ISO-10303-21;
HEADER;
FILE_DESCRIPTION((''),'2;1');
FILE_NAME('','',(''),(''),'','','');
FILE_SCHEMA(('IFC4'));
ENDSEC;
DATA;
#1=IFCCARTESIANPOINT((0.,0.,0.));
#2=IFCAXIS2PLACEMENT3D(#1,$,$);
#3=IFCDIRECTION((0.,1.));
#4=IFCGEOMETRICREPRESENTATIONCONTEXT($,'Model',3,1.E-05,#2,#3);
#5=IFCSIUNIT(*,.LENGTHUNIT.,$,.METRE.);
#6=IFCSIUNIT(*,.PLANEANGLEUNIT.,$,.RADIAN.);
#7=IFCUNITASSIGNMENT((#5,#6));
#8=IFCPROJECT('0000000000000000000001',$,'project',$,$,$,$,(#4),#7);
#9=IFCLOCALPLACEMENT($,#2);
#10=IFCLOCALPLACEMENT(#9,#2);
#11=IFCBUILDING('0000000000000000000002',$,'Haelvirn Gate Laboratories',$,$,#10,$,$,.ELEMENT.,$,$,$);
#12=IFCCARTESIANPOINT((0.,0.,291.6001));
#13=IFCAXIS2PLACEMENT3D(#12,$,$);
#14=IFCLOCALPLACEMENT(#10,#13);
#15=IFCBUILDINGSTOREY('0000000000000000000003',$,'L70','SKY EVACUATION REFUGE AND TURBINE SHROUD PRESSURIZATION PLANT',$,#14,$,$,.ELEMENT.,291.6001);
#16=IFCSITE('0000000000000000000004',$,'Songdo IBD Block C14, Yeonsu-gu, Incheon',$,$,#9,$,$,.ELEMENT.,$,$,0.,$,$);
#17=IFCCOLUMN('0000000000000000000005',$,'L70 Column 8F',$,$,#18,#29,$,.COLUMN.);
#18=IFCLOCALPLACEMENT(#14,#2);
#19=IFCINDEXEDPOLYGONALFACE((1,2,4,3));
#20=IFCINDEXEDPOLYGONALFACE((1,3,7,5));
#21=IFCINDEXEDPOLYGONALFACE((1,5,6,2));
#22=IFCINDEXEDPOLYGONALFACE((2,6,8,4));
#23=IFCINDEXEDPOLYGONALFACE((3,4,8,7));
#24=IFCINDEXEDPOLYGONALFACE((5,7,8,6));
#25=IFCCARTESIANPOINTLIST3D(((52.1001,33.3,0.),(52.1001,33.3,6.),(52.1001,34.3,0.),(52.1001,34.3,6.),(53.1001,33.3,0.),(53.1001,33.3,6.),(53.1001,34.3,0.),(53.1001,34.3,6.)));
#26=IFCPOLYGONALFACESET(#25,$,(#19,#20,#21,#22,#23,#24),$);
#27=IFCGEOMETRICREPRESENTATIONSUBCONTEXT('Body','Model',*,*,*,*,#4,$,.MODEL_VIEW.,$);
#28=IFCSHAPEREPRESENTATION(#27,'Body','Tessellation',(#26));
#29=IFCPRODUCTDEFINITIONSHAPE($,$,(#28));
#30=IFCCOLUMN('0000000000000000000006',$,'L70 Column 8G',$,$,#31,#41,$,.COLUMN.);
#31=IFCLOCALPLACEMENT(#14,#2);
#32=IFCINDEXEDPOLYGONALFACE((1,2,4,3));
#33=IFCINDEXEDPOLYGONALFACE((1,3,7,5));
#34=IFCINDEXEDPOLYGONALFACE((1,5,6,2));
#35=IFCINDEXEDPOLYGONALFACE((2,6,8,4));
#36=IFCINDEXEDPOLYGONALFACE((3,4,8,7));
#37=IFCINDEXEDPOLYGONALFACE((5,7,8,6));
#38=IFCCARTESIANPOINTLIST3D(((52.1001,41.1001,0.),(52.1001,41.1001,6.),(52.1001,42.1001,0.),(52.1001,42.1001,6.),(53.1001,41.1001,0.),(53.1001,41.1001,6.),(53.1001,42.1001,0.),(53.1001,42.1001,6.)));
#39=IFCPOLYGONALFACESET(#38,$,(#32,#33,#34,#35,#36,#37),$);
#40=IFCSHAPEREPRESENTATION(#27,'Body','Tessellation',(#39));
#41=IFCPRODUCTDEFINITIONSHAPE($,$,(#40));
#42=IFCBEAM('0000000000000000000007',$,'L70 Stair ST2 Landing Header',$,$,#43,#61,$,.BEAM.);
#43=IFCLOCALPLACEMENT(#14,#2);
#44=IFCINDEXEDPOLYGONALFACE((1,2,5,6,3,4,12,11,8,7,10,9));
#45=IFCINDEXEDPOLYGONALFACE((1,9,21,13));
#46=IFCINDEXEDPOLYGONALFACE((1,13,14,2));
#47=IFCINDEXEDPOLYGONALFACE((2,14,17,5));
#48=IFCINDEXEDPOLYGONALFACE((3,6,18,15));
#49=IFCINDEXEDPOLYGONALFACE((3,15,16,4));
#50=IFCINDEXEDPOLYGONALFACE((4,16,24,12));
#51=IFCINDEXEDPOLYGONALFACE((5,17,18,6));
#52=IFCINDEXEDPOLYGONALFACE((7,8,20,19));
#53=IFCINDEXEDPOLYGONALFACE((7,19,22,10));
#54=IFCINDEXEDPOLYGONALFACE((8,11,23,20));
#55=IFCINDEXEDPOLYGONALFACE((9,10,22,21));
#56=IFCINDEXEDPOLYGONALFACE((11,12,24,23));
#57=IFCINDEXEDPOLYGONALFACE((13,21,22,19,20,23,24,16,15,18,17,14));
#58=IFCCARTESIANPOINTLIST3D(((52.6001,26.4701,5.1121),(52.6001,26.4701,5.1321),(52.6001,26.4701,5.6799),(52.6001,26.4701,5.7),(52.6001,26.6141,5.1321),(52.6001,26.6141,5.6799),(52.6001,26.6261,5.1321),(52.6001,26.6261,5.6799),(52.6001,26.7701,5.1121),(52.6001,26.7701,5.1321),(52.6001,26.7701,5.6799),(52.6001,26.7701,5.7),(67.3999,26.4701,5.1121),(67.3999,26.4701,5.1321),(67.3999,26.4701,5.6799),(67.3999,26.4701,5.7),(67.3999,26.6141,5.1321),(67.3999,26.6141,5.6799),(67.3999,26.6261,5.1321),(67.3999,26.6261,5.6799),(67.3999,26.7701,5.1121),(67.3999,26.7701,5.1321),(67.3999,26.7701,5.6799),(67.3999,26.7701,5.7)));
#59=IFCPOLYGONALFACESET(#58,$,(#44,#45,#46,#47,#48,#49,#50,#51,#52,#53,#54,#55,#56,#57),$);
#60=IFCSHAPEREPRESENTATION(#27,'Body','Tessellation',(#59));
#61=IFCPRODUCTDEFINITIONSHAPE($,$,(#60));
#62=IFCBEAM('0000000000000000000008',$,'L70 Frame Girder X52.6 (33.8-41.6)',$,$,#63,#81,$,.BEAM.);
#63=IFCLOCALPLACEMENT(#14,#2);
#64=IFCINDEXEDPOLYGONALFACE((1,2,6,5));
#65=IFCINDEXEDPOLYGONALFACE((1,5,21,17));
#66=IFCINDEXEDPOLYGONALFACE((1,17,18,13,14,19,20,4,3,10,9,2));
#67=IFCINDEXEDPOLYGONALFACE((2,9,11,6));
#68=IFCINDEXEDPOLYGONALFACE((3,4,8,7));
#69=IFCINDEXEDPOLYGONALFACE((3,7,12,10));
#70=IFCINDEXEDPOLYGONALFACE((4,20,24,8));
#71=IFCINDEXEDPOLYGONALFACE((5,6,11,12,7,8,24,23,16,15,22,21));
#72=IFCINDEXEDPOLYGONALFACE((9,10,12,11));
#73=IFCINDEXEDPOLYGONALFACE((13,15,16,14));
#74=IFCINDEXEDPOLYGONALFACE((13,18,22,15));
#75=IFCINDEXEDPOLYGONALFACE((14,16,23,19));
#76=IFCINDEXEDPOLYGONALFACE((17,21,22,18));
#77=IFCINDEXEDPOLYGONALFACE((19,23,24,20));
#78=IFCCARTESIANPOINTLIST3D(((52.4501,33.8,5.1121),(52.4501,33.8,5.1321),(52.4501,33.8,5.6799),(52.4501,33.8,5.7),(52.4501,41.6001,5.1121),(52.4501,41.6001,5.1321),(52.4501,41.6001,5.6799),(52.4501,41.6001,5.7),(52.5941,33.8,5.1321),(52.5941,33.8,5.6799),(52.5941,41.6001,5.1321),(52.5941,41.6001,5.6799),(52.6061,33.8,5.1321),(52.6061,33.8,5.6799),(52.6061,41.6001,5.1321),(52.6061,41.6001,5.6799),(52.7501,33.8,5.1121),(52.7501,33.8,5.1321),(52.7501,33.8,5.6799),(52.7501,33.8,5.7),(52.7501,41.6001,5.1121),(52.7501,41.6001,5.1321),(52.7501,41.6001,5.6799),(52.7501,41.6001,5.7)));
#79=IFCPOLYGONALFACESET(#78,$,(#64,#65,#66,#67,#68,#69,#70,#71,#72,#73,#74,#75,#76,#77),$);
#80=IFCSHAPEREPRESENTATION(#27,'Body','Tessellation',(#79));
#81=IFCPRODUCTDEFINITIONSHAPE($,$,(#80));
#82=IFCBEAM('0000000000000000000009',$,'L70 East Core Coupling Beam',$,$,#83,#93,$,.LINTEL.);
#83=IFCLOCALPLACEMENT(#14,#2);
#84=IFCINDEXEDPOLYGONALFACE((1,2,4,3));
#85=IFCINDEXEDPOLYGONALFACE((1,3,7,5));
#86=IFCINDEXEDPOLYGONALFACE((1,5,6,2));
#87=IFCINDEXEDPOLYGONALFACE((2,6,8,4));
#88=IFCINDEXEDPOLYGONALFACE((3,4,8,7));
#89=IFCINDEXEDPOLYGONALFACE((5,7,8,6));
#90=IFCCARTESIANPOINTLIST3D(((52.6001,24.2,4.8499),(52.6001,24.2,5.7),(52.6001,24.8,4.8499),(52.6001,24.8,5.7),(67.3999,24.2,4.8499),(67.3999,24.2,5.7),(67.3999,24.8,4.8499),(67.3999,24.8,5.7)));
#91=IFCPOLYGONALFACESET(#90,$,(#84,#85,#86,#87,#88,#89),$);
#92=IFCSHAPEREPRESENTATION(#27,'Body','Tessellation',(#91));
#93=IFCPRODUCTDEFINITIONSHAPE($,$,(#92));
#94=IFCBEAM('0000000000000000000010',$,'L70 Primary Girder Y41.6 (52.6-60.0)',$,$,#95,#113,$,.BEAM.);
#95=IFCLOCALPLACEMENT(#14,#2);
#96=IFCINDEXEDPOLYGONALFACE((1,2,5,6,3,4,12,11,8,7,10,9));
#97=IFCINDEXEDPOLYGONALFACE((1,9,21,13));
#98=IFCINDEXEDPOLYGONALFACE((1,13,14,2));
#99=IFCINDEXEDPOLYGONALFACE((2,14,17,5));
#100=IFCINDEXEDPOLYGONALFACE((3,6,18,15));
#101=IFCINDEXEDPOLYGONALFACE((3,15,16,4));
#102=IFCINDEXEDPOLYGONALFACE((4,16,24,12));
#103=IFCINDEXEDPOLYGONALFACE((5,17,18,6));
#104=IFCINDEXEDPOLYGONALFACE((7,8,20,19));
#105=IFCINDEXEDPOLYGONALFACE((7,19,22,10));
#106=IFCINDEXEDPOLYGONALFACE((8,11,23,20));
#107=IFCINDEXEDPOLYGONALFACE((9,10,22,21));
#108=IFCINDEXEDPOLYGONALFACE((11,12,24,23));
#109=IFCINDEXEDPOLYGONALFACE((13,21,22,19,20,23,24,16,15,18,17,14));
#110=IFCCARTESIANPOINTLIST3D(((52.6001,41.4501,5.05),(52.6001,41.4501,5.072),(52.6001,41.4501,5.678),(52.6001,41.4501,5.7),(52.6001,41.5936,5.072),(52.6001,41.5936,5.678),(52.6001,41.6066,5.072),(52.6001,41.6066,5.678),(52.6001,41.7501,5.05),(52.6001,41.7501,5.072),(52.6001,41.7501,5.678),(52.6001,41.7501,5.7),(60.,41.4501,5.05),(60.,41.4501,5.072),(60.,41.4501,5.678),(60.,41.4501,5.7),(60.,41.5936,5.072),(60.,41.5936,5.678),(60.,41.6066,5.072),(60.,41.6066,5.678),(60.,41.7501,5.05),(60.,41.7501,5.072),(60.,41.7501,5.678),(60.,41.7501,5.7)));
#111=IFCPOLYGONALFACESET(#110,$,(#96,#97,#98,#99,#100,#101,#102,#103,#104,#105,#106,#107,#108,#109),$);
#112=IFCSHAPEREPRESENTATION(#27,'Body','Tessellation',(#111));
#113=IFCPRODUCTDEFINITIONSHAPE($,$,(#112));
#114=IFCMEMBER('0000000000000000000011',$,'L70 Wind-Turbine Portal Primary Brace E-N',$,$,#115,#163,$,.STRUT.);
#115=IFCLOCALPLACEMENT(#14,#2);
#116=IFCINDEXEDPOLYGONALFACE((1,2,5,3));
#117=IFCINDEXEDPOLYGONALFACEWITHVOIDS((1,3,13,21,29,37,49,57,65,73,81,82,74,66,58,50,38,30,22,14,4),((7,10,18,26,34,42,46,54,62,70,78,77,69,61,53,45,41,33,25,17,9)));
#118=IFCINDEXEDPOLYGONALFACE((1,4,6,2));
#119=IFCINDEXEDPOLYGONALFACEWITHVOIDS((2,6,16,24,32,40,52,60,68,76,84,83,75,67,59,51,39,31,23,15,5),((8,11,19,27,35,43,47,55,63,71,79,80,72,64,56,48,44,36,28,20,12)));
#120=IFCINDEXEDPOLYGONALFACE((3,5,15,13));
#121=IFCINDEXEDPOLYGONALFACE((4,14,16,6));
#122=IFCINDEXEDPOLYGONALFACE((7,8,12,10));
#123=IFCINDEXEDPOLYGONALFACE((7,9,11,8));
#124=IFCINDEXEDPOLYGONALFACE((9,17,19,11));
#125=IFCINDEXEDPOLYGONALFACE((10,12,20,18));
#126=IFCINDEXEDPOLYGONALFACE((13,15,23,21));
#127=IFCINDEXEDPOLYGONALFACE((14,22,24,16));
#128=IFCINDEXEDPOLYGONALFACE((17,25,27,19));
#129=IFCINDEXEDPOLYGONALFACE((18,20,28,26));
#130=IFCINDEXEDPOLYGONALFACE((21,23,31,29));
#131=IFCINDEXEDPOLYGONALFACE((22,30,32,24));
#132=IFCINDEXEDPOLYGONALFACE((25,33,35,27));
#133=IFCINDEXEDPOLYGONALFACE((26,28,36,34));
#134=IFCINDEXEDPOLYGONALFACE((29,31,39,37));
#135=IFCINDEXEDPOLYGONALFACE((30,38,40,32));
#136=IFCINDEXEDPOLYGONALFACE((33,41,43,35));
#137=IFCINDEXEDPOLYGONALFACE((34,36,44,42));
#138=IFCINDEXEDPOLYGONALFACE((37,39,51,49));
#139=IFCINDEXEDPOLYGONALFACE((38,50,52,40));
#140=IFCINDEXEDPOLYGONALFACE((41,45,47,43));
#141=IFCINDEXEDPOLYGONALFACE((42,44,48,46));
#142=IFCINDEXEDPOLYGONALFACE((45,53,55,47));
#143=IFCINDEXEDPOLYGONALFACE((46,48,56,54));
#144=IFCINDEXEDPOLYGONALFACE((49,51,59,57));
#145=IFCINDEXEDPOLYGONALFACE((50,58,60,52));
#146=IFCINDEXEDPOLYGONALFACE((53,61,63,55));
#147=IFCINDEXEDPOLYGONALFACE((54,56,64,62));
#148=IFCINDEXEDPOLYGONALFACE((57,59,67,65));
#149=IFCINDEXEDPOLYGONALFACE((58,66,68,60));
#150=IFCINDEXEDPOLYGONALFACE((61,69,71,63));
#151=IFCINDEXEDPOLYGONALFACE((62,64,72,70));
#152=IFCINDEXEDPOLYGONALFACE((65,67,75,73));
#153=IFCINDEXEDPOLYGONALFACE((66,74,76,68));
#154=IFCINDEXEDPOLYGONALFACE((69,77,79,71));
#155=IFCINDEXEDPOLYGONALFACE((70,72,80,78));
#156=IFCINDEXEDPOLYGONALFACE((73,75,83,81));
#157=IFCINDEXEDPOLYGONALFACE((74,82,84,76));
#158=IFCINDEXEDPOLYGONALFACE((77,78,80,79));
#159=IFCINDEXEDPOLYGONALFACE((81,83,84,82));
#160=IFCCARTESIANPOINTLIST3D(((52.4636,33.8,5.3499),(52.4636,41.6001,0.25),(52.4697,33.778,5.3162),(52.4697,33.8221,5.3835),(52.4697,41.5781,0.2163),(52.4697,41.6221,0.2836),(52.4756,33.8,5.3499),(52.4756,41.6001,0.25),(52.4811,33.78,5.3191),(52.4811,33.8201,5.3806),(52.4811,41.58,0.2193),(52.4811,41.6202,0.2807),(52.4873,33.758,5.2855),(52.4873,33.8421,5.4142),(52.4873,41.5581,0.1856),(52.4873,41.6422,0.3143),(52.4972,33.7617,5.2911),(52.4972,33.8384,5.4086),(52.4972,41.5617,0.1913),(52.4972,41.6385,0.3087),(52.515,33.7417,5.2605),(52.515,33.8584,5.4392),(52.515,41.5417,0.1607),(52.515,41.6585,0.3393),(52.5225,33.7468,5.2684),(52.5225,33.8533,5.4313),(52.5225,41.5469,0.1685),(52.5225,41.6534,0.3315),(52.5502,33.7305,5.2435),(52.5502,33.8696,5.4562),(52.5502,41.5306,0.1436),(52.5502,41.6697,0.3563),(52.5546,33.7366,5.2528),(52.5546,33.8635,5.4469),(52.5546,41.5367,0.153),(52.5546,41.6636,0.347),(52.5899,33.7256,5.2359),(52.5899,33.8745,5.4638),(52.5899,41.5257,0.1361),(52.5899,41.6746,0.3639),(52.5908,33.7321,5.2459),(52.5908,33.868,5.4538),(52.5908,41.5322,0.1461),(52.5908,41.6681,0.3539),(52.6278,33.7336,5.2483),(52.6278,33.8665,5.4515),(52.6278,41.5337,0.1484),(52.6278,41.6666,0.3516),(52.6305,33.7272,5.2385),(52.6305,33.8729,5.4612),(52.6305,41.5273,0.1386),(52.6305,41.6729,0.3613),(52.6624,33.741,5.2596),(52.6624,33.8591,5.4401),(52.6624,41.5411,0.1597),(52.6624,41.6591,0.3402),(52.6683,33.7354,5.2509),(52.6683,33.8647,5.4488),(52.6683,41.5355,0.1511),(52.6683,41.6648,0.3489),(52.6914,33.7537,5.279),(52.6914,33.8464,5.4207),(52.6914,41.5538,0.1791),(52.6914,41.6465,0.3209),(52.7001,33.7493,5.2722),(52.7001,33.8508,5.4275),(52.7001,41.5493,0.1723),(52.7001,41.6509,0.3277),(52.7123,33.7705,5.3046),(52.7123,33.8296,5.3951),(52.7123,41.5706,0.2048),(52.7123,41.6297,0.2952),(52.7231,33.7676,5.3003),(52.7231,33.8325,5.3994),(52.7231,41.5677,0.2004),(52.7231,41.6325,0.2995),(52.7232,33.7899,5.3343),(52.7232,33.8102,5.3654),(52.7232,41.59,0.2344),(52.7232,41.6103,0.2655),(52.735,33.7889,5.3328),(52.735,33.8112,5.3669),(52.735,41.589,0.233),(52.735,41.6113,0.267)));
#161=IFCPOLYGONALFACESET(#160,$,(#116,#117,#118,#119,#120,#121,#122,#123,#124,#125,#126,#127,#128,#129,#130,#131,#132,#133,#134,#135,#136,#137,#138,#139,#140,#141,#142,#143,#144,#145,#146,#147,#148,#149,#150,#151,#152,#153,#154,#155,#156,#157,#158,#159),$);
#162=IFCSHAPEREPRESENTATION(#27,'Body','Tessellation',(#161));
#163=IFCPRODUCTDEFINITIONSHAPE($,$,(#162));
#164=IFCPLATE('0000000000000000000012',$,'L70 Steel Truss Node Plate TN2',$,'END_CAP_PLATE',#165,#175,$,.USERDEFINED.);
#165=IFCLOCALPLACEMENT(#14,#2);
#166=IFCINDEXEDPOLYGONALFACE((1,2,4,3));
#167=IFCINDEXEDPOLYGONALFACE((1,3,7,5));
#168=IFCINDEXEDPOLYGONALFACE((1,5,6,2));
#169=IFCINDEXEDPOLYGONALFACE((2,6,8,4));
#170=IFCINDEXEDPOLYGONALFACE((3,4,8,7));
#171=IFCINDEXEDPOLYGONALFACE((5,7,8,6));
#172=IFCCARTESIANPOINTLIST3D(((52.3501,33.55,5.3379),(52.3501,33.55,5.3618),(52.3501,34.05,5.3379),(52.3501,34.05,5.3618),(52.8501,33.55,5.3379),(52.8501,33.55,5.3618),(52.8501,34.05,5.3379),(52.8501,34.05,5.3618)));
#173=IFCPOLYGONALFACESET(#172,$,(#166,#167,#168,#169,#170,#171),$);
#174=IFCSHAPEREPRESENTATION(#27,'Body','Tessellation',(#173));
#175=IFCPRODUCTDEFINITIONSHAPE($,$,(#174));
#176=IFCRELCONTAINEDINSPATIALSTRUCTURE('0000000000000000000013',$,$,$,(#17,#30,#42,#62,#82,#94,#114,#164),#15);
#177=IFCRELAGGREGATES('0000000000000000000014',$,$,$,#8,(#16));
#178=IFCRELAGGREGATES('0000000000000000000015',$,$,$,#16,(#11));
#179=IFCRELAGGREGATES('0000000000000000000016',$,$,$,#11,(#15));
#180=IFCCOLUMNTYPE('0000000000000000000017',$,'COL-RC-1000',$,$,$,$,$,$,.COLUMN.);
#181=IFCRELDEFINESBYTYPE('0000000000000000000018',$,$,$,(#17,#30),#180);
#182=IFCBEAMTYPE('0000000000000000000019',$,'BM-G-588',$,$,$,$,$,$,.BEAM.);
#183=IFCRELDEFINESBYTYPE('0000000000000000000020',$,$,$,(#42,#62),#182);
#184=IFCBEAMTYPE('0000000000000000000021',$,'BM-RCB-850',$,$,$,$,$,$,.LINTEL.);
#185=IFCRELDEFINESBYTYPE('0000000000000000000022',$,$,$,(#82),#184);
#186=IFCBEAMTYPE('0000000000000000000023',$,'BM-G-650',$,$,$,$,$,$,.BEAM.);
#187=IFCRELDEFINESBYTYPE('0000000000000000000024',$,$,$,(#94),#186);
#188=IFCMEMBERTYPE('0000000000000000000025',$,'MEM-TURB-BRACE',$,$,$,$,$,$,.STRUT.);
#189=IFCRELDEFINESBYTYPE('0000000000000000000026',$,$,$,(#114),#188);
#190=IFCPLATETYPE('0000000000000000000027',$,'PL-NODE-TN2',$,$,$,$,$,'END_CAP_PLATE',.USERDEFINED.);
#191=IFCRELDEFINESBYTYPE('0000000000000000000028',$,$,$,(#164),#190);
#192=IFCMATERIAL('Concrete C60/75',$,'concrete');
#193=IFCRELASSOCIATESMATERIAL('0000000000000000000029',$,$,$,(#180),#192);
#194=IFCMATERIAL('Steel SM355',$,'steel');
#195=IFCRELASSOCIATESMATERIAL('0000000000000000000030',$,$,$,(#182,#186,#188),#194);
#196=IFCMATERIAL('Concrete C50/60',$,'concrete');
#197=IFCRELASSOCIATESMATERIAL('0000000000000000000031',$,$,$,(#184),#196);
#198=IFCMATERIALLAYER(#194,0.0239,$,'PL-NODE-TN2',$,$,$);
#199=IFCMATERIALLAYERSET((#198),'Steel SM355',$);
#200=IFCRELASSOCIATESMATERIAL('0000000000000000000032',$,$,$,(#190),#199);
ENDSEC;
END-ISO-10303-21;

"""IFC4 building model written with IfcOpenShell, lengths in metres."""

from ifc_helpers import new_model, si_unit, direction, frame, origin, origin_2d, place, context, subcontext, project, spatial, rectangle, hollow_circle, i_section, extrude, source, transform, mapped, material, layer, layer_set, material_profile, profile_set, type_object, type_shapes, element, save


model = new_model("IFC4")

# Units and contexts
model_context = context("Model", 3, precision=1e-05, world=origin(), true_north=direction((0.0, 1.0)))
body_context = subcontext(model_context, "Body", "Model", "MODEL_VIEW")
ifc_project = project(units=[si_unit("LENGTHUNIT", "METRE"), si_unit("PLANEANGLEUNIT", "RADIAN")], contexts=[model_context])

# Site, building, storey
site_placement = place(None, origin())
site = spatial("IfcSite", under=ifc_project, at=site_placement, Name="Songdo IBD Block C14, Yeonsu-gu, Incheon", CompositionType="ELEMENT", RefElevation=0.0)
building_placement = place(site_placement, origin())
building = spatial("IfcBuilding", under=site, at=building_placement, Name="Haelvirn Gate Laboratories", CompositionType="ELEMENT")
storey_placement = place(building_placement, frame((0.0, 0.0, 291.6001)))
storey = spatial("IfcBuildingStorey", under=building, at=storey_placement, Name="L70", Description="SKY EVACUATION REFUGE AND TURBINE SHROUD PRESSURIZATION PLANT", CompositionType="ELEMENT", Elevation=291.6001)

# Columns
ifc_material_1 = material(Name="Concrete C60/75", Category="concrete")
ifc_material_profile_1 = material_profile(ifc_material_1, rectangle(XDim=1.0, YDim=1.0, at=origin_2d()), Name="RC-1000x1000")
ifc_profile_set_1 = profile_set([ifc_material_profile_1], Name="Concrete C60/75")
column_type = type_object("IfcColumnType", Name="COL-RC-1000", PredefinedType="COLUMN", material=ifc_profile_set_1)
shared_shape_1 = source(origin(), body_context, "Body", "SweptSolid", [
    extrude(rectangle(XDim=1.0, YDim=1.0, at=origin_2d()), origin(), (0.0, 0.0, 1.0), 6.0),
])
type_shapes(column_type, [shared_shape_1])
for number, where, z_axis, x_axis, name in (
    (1, (52.6001, 33.8, 0.0), (0.0, 0.0, 1.0), (1.0, 0.0, 0.0), "L70 Column 8F"),
    (2, (52.6001, 41.6001, 0.0), (0.0, 0.0, 1.0), (1.0, 0.0, 0.0), "L70 Column 8G"),
):
    element("IfcColumn", number, at=place(storey_placement, frame(where, z_axis=z_axis, x_axis=x_axis)), inside=storey, type_object=column_type, Name=name, PredefinedType="COLUMN", context=body_context, shape_type="MappedRepresentation", body=[
        mapped(shared_shape_1, transform((0.0, 0.0, 0.0), scale=1.0)),
    ])

# Beams
ifc_material_2 = material(Name="Steel SM355", Category="steel")
ifc_material_profile_2 = material_profile(ifc_material_2, i_section(OverallWidth=0.3, OverallDepth=0.5879, WebThickness=0.012, FlangeThickness=0.02, at=origin_2d()), Name="H-588x300x12x20")
ifc_profile_set_2 = profile_set([ifc_material_profile_2], Name="Steel SM355")
beam_type_1 = type_object("IfcBeamType", Name="BM-G-588", PredefinedType="BEAM", material=ifc_profile_set_2)
shared_shape_2 = source(origin(), body_context, "Body", "SweptSolid", [
    extrude(i_section(OverallWidth=0.3, OverallDepth=0.5879, WebThickness=0.012, FlangeThickness=0.02, at=origin_2d()), origin(), (0.0, 0.0, 1.0), 14.7998),
])
beam_1_placement = place(storey_placement, frame((52.6001, 26.6201, 5.406), z_axis=(1.0, 0.0, 0.0), x_axis=(0.0, 1.0, 0.0)))
element("IfcBeam", 3, at=beam_1_placement, inside=storey, type_object=beam_type_1, Name="L70 Stair ST2 Landing Header", PredefinedType="BEAM", context=body_context, shape_type="MappedRepresentation", body=[
    mapped(shared_shape_2, transform((0.0, 0.0, 0.0), scale=1.0)),
])
shared_shape_3 = source(origin(), body_context, "Body", "SweptSolid", [
    extrude(i_section(OverallWidth=0.3, OverallDepth=0.5879, WebThickness=0.012, FlangeThickness=0.02, at=origin_2d()), origin(), (0.0, 0.0, 1.0), 7.8),
])
type_shapes(beam_type_1, [shared_shape_2, shared_shape_3])
beam_2_placement = place(storey_placement, frame((52.6001, 33.8, 5.406), z_axis=(0.0, 1.0, 0.0), x_axis=(-1.0, 0.0, 0.0)))
element("IfcBeam", 4, at=beam_2_placement, inside=storey, type_object=beam_type_1, Name="L70 Frame Girder X52.6 (33.8-41.6)", PredefinedType="BEAM", context=body_context, shape_type="MappedRepresentation", body=[
    mapped(shared_shape_3, transform((0.0, 0.0, 0.0), scale=1.0)),
])
ifc_material_3 = material(Name="Concrete C50/60", Category="concrete")
ifc_material_profile_3 = material_profile(ifc_material_3, rectangle(XDim=0.6001, YDim=0.8501, at=origin_2d()), Name="RCB-600x850")
ifc_profile_set_3 = profile_set([ifc_material_profile_3], Name="Concrete C50/60")
beam_type_2 = type_object("IfcBeamType", Name="BM-RCB-850", PredefinedType="LINTEL", material=ifc_profile_set_3)
shared_shape_4 = source(origin(), body_context, "Body", "SweptSolid", [
    extrude(rectangle(XDim=0.6001, YDim=0.8501, at=origin_2d()), origin(), (0.0, 0.0, 1.0), 14.7998),
])
type_shapes(beam_type_2, [shared_shape_4])
beam_3_placement = place(storey_placement, frame((52.6001, 24.5, 5.2749), z_axis=(1.0, 0.0, 0.0), x_axis=(0.0, 1.0, 0.0)))
element("IfcBeam", 5, at=beam_3_placement, inside=storey, type_object=beam_type_2, Name="L70 East Core Coupling Beam", PredefinedType="LINTEL", context=body_context, shape_type="MappedRepresentation", body=[
    mapped(shared_shape_4, transform((0.0, 0.0, 0.0), scale=1.0)),
])
ifc_material_profile_4 = material_profile(ifc_material_2, i_section(OverallWidth=0.3, OverallDepth=0.6499, WebThickness=0.0129, FlangeThickness=0.022, at=origin_2d()), Name="H-650x300x13x22")
ifc_profile_set_4 = profile_set([ifc_material_profile_4], Name="Steel SM355")
beam_type_3 = type_object("IfcBeamType", Name="BM-G-650", PredefinedType="BEAM", material=ifc_profile_set_4)
shared_shape_5 = source(origin(), body_context, "Body", "SweptSolid", [
    extrude(i_section(OverallWidth=0.3, OverallDepth=0.6499, WebThickness=0.0129, FlangeThickness=0.022, at=origin_2d()), origin(), (0.0, 0.0, 1.0), 7.3999),
])
type_shapes(beam_type_3, [shared_shape_5])
beam_4_placement = place(storey_placement, frame((52.6001, 41.6001, 5.375), z_axis=(1.0, 0.0, 0.0), x_axis=(0.0, 1.0, 0.0)))
element("IfcBeam", 6, at=beam_4_placement, inside=storey, type_object=beam_type_3, Name="L70 Primary Girder Y41.6 (52.6-60.0)", PredefinedType="BEAM", context=body_context, shape_type="MappedRepresentation", body=[
    mapped(shared_shape_5, transform((0.0, 0.0, 0.0), scale=1.0)),
])

# Member
ifc_material_profile_5 = material_profile(ifc_material_2, hollow_circle(Radius=0.1365, WallThickness=0.012, at=origin_2d()), Name="CHS-273x12")
ifc_profile_set_5 = profile_set([ifc_material_profile_5], Name="Steel SM355")
member_type = type_object("IfcMemberType", Name="MEM-TURB-BRACE", PredefinedType="STRUT", material=ifc_profile_set_5)
shared_shape_6 = source(origin(), body_context, "Body", "SweptSolid", [
    extrude(hollow_circle(Radius=0.1365, WallThickness=0.012, at=origin_2d()), origin(), (0.0, 0.0, 1.0), 9.3193),
])
type_shapes(member_type, [shared_shape_6])
member_placement = place(storey_placement, frame((52.6001, 33.8, 5.3499), z_axis=(0.0, 0.836978, -0.547236), x_axis=(-1.0, 0.0, 0.0)))
element("IfcMember", 7, at=member_placement, inside=storey, type_object=member_type, Name="L70 Wind-Turbine Portal Primary Brace E-N", PredefinedType="STRUT", context=body_context, shape_type="MappedRepresentation", body=[
    mapped(shared_shape_6, transform((0.0, 0.0, 0.0), scale=1.0)),
])

# Plate
ifc_layer_1 = layer(ifc_material_2, 0.0239, Name="PL-NODE-TN2")
ifc_layer_set_1 = layer_set([ifc_layer_1], Name="Steel SM355")
plate_type_1 = type_object("IfcPlateType", Name="PL-NODE-TN2", ElementType="END_CAP_PLATE", PredefinedType="USERDEFINED", material=ifc_layer_set_1)
shared_shape_7 = source(origin(), body_context, "Body", "SweptSolid", [
    extrude(rectangle(XDim=0.5, YDim=0.5, at=origin_2d()), origin(), (0.0, 0.0, 1.0), 0.0239),
])
type_shapes(plate_type_1, [shared_shape_7])
for number, where, z_axis, x_axis, name in (
    (8, (52.6001, 33.8, 5.3379), (0.0, 0.0, 1.0), (1.0, 0.0, 0.0), "L70 Steel Truss Node Plate TN2"),
):
    element("IfcPlate", number, at=place(storey_placement, frame(where, z_axis=z_axis, x_axis=x_axis)), inside=storey, type_object=plate_type_1, Name=name, ObjectType="END_CAP_PLATE", PredefinedType="USERDEFINED", context=body_context, shape_type="MappedRepresentation", body=[
        mapped(shared_shape_7, transform((0.0, 0.0, 0.0), scale=1.0)),
    ])

save(model, "model.ifc")
